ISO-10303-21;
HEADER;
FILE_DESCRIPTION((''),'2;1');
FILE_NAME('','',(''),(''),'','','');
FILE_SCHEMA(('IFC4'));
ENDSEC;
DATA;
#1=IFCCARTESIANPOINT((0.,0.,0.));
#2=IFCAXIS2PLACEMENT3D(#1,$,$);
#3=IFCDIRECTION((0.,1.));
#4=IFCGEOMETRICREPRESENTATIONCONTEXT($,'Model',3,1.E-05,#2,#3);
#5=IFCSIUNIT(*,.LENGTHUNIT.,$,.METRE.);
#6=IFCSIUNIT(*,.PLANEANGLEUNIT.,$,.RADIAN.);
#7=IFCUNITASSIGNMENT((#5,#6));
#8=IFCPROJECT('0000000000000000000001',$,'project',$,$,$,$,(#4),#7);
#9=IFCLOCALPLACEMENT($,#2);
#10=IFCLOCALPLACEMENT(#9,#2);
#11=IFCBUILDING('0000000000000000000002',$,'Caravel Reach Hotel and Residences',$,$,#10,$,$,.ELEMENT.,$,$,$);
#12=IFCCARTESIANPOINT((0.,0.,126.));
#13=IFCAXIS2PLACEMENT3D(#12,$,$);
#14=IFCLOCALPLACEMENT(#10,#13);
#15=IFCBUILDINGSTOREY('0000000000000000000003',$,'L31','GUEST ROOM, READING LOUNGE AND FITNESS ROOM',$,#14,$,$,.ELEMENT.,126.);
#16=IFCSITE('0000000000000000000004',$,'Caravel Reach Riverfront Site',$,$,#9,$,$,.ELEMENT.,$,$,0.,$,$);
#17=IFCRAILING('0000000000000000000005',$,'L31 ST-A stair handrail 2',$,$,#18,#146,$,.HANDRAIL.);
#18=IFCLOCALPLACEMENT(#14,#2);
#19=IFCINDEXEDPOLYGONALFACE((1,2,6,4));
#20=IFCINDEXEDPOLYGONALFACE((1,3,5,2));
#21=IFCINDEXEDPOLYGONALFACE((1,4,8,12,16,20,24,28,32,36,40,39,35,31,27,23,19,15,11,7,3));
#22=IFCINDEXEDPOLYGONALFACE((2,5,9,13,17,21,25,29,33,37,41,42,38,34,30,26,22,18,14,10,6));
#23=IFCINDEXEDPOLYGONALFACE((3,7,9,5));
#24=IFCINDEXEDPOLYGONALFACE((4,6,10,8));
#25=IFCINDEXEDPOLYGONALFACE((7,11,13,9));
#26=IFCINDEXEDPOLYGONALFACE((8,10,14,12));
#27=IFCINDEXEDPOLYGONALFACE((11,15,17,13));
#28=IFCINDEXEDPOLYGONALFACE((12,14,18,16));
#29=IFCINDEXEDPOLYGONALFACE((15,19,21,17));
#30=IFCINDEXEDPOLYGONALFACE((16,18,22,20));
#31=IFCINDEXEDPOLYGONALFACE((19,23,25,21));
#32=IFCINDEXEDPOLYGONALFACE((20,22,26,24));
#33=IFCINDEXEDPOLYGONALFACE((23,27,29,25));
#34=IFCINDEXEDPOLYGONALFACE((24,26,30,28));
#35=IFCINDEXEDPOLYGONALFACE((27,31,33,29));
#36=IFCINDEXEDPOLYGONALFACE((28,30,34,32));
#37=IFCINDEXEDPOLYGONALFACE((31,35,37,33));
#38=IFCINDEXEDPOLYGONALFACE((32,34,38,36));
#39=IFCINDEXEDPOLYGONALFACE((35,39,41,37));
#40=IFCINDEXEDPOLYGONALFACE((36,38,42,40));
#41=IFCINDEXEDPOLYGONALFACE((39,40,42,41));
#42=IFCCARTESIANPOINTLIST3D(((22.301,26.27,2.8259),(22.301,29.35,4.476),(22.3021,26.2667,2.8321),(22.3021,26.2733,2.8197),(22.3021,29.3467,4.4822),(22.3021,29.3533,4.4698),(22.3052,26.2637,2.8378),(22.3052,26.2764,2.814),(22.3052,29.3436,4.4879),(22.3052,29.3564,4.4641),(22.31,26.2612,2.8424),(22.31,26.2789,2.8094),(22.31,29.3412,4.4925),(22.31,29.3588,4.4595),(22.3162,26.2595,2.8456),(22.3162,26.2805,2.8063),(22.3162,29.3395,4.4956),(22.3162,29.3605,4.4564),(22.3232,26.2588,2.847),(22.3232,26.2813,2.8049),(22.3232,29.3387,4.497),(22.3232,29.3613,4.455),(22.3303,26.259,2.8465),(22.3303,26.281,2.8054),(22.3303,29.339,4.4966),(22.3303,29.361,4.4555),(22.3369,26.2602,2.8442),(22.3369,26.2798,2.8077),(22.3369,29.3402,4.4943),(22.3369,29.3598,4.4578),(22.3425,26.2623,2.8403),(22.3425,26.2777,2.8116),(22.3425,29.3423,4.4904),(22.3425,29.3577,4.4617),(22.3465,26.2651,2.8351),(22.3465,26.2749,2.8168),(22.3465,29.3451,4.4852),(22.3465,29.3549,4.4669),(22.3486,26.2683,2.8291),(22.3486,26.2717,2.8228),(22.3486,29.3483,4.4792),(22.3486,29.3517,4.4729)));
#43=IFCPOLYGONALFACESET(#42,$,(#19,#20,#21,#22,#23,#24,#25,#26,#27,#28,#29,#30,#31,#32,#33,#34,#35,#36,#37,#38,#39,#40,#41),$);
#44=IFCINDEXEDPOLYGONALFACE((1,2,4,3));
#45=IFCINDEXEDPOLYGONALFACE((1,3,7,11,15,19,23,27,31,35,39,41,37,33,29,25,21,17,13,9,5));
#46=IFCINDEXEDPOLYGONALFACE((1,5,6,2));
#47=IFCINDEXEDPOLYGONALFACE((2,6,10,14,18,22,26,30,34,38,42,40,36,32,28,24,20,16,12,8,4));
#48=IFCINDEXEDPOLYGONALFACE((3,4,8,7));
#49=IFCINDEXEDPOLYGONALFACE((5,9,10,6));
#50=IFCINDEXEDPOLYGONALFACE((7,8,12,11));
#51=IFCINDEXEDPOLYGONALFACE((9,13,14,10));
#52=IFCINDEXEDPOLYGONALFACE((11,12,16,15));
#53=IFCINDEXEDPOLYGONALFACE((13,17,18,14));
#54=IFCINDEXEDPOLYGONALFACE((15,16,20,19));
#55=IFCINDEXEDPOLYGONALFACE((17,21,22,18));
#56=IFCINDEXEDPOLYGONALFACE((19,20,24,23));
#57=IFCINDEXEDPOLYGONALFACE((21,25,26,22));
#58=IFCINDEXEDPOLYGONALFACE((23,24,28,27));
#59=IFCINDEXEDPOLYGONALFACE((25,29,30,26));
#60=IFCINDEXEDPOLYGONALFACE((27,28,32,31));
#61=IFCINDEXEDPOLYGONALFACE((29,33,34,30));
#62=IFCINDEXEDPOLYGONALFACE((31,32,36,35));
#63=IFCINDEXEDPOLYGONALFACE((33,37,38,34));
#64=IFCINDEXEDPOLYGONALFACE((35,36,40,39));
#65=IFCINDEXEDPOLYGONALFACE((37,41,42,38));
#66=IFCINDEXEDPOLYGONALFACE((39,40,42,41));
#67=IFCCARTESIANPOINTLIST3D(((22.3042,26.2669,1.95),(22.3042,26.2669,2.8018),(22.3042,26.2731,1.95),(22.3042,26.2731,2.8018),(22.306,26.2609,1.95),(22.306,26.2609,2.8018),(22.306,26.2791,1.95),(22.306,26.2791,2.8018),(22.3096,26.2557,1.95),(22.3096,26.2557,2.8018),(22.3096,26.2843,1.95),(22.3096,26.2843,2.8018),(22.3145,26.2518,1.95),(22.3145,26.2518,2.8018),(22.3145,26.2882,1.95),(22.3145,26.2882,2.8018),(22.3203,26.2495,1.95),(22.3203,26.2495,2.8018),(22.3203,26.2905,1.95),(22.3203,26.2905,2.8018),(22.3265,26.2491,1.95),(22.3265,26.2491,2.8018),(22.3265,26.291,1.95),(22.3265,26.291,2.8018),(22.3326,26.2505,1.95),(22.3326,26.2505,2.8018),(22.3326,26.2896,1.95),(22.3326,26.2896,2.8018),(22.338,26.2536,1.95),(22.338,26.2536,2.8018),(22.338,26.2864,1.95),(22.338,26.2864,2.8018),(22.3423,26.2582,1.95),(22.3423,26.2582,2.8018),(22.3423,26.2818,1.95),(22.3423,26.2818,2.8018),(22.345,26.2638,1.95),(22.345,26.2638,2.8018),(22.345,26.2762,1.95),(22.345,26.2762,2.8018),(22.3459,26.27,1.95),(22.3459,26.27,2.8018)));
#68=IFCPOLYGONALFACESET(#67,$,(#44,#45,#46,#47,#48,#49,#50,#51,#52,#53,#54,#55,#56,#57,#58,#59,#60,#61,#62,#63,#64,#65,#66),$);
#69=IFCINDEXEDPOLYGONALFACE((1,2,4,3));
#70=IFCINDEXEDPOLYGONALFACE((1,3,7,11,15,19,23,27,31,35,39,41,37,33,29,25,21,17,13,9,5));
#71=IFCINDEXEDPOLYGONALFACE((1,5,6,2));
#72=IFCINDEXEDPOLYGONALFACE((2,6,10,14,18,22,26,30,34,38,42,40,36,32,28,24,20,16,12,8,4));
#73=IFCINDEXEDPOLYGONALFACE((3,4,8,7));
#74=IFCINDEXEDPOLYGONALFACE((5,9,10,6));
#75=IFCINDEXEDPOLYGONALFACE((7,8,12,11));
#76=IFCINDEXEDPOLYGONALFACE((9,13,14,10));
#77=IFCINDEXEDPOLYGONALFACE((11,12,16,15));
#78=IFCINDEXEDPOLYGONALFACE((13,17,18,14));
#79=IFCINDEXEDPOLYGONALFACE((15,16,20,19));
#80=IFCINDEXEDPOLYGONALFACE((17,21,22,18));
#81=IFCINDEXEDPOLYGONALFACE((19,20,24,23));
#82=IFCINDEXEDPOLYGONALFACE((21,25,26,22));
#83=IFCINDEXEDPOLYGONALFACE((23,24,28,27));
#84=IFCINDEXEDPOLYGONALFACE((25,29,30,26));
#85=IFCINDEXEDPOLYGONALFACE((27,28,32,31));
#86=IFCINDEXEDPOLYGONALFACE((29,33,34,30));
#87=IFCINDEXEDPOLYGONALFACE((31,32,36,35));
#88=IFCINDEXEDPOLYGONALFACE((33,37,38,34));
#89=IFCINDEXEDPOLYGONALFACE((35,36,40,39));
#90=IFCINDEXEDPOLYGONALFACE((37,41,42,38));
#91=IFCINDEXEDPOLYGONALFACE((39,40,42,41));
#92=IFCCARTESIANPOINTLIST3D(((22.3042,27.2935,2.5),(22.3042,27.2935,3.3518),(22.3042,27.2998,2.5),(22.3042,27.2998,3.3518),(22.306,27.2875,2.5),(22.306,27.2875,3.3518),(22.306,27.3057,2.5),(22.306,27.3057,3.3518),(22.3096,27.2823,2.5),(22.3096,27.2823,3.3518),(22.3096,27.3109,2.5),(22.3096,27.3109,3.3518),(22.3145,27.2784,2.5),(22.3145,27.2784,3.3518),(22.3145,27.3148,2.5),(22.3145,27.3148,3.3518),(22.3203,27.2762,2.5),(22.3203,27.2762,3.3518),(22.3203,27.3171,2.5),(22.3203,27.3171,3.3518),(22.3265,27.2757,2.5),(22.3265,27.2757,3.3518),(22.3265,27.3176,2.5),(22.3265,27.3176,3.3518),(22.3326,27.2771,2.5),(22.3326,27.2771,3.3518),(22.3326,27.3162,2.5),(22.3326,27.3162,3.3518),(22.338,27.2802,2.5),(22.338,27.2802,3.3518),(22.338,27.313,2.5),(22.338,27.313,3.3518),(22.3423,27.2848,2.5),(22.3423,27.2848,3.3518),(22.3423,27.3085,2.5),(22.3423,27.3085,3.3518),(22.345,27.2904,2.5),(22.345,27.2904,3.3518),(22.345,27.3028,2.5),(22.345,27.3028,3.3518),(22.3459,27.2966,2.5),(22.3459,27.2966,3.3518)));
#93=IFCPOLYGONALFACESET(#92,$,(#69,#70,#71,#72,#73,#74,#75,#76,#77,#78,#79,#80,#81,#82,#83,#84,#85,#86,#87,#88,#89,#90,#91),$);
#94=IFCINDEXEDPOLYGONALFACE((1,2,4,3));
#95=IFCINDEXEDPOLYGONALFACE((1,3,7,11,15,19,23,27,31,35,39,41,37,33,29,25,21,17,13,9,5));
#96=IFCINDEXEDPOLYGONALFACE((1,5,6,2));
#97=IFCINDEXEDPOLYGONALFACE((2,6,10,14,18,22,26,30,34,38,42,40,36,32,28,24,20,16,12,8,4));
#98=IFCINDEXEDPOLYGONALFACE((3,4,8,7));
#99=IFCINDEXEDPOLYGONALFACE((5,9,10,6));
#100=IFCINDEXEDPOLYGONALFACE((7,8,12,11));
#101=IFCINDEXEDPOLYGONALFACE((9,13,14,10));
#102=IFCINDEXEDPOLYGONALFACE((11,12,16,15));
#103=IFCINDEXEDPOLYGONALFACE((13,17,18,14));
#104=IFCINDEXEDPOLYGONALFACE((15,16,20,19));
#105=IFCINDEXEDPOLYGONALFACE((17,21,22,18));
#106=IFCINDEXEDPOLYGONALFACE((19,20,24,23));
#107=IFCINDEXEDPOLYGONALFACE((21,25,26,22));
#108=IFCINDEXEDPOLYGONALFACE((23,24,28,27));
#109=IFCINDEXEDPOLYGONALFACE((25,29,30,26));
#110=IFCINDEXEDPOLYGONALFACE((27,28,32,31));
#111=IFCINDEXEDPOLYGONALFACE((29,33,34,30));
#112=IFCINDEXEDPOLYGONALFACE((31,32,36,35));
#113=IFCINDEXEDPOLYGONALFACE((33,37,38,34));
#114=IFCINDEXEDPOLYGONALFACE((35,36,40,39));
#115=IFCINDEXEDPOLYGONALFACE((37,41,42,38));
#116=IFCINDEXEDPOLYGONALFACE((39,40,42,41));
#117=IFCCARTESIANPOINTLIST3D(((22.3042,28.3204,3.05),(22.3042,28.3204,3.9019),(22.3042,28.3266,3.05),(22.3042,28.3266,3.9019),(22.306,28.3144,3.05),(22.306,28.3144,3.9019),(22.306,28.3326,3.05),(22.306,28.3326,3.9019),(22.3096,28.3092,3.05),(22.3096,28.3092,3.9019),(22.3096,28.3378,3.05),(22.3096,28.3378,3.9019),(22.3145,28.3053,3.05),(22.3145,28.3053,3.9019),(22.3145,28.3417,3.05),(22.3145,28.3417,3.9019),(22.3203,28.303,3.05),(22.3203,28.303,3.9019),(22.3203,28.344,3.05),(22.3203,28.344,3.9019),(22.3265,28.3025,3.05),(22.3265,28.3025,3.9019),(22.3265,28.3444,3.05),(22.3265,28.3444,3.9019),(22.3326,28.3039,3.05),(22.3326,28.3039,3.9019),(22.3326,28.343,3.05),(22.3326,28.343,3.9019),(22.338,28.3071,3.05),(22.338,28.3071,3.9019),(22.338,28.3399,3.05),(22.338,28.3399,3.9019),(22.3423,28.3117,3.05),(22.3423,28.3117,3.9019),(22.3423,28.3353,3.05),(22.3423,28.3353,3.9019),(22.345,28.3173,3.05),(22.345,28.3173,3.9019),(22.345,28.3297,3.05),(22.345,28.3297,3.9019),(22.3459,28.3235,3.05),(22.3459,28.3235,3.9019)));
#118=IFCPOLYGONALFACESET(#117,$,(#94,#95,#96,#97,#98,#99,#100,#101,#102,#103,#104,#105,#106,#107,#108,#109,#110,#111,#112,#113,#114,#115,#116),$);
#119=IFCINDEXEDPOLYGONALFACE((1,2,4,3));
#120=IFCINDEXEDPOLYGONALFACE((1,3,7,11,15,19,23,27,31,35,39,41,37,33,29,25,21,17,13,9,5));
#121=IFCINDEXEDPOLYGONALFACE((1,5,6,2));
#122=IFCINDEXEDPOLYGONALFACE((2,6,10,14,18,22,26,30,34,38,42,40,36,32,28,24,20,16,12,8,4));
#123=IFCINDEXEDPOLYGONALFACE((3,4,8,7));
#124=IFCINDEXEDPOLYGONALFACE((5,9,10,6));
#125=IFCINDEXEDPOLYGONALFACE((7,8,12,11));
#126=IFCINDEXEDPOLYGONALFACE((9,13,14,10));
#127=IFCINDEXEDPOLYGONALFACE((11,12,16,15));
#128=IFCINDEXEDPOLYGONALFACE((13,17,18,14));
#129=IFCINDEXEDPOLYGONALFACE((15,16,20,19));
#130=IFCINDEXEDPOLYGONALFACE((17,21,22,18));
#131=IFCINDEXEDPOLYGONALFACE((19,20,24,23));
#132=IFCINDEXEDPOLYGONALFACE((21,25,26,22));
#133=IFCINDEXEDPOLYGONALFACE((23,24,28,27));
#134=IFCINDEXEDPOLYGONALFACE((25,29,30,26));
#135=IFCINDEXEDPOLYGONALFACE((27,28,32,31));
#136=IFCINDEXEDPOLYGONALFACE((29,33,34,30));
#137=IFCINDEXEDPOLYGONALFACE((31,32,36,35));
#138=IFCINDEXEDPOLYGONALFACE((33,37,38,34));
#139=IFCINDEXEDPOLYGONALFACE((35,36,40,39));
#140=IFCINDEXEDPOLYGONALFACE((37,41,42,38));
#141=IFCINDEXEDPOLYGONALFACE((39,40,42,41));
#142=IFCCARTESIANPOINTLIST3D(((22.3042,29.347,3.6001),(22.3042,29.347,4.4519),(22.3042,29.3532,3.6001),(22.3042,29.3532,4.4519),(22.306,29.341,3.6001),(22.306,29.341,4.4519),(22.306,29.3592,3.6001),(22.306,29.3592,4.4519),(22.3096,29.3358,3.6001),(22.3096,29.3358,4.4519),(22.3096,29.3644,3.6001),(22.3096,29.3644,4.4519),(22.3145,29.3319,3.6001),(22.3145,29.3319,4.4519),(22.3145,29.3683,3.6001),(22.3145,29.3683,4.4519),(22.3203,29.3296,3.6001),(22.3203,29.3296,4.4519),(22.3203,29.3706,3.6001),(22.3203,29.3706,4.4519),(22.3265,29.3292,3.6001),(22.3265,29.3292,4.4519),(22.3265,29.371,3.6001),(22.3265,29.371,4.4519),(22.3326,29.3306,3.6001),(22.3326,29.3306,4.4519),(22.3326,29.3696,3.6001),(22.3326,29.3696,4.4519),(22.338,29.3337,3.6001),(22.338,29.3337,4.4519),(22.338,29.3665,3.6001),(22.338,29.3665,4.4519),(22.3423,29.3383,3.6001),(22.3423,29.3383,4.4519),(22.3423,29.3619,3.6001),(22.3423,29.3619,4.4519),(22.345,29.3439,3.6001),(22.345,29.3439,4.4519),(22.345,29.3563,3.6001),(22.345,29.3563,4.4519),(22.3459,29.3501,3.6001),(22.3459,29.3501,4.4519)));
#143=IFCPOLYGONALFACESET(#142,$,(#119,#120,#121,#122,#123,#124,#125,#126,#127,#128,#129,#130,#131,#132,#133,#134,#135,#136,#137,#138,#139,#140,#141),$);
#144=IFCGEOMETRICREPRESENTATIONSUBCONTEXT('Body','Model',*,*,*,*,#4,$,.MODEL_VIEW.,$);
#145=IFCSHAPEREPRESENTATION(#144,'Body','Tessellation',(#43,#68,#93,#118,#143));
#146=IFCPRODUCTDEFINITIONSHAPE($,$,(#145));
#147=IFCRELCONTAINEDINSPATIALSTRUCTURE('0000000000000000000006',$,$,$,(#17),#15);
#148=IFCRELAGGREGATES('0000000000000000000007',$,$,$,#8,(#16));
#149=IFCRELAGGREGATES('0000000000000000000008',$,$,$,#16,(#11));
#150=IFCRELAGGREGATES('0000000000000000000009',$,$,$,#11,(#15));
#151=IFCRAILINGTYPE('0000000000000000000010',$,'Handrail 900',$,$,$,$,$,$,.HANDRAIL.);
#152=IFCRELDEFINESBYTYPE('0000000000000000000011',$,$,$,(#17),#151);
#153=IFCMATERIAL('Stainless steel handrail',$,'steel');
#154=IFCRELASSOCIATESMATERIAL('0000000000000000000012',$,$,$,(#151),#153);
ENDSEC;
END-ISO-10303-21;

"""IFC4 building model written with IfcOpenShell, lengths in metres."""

from ifc_helpers import new_model, si_unit, direction, frame, origin, origin_2d, place, context, subcontext, project, spatial, circle, extrude, material, type_object, element, save


model = new_model("IFC4")

# Units and contexts
model_context = context("Model", 3, precision=1e-05, world=origin(), true_north=direction((0.0, 1.0)))
body_context = subcontext(model_context, "Body", "Model", "MODEL_VIEW")
ifc_project = project(units=[si_unit("LENGTHUNIT", "METRE"), si_unit("PLANEANGLEUNIT", "RADIAN")], contexts=[model_context])

# Site, building, storey
site_placement = place(None, origin())
site = spatial("IfcSite", under=ifc_project, at=site_placement, Name="Caravel Reach Riverfront Site", CompositionType="ELEMENT", RefElevation=0.0)
building_placement = place(site_placement, origin())
building = spatial("IfcBuilding", under=site, at=building_placement, Name="Caravel Reach Hotel and Residences", CompositionType="ELEMENT")
storey_placement = place(building_placement, frame((0.0, 0.0, 126.0)))
storey = spatial("IfcBuildingStorey", under=building, at=storey_placement, Name="L31", Description="GUEST ROOM, READING LOUNGE AND FITNESS ROOM", CompositionType="ELEMENT", Elevation=126.0)

# Railing
ifc_material_1 = material(Name="Stainless steel handrail", Category="steel")
railing_type_1 = type_object("IfcRailingType", Name="Handrail 900", PredefinedType="HANDRAIL", material=ifc_material_1)
railing_1_placement = place(storey_placement, frame((22.325, 26.27, 1.95)))
element("IfcRailing", 1, at=railing_1_placement, inside=storey, type_object=railing_type_1, Name="L31 ST-A stair handrail 2", PredefinedType="HANDRAIL", context=body_context, shape_type="SweptSolid", body=[
    extrude(circle(Radius=0.0239, at=origin_2d()), frame((0.0, 0.0, 0.876), z_axis=(0.0, 0.881468, 0.472245), x_axis=(-1.0, 0.0, 0.0)), (0.0, 0.0, 1.0), 3.4941),
    extrude(circle(Radius=0.021, at=origin_2d()), origin(), (0.0, 0.0, 1.0), 0.8518),
    extrude(circle(Radius=0.021, at=origin_2d()), frame((0.0, 1.0266, 0.55)), (0.0, 0.0, 1.0), 0.8518),
    extrude(circle(Radius=0.021, at=origin_2d()), frame((0.0, 2.0535, 1.1001)), (0.0, 0.0, 1.0), 0.8518),
    extrude(circle(Radius=0.021, at=origin_2d()), frame((0.0, 3.0801, 1.6501)), (0.0, 0.0, 1.0), 0.8518),
])

save(model, "model.ifc")
